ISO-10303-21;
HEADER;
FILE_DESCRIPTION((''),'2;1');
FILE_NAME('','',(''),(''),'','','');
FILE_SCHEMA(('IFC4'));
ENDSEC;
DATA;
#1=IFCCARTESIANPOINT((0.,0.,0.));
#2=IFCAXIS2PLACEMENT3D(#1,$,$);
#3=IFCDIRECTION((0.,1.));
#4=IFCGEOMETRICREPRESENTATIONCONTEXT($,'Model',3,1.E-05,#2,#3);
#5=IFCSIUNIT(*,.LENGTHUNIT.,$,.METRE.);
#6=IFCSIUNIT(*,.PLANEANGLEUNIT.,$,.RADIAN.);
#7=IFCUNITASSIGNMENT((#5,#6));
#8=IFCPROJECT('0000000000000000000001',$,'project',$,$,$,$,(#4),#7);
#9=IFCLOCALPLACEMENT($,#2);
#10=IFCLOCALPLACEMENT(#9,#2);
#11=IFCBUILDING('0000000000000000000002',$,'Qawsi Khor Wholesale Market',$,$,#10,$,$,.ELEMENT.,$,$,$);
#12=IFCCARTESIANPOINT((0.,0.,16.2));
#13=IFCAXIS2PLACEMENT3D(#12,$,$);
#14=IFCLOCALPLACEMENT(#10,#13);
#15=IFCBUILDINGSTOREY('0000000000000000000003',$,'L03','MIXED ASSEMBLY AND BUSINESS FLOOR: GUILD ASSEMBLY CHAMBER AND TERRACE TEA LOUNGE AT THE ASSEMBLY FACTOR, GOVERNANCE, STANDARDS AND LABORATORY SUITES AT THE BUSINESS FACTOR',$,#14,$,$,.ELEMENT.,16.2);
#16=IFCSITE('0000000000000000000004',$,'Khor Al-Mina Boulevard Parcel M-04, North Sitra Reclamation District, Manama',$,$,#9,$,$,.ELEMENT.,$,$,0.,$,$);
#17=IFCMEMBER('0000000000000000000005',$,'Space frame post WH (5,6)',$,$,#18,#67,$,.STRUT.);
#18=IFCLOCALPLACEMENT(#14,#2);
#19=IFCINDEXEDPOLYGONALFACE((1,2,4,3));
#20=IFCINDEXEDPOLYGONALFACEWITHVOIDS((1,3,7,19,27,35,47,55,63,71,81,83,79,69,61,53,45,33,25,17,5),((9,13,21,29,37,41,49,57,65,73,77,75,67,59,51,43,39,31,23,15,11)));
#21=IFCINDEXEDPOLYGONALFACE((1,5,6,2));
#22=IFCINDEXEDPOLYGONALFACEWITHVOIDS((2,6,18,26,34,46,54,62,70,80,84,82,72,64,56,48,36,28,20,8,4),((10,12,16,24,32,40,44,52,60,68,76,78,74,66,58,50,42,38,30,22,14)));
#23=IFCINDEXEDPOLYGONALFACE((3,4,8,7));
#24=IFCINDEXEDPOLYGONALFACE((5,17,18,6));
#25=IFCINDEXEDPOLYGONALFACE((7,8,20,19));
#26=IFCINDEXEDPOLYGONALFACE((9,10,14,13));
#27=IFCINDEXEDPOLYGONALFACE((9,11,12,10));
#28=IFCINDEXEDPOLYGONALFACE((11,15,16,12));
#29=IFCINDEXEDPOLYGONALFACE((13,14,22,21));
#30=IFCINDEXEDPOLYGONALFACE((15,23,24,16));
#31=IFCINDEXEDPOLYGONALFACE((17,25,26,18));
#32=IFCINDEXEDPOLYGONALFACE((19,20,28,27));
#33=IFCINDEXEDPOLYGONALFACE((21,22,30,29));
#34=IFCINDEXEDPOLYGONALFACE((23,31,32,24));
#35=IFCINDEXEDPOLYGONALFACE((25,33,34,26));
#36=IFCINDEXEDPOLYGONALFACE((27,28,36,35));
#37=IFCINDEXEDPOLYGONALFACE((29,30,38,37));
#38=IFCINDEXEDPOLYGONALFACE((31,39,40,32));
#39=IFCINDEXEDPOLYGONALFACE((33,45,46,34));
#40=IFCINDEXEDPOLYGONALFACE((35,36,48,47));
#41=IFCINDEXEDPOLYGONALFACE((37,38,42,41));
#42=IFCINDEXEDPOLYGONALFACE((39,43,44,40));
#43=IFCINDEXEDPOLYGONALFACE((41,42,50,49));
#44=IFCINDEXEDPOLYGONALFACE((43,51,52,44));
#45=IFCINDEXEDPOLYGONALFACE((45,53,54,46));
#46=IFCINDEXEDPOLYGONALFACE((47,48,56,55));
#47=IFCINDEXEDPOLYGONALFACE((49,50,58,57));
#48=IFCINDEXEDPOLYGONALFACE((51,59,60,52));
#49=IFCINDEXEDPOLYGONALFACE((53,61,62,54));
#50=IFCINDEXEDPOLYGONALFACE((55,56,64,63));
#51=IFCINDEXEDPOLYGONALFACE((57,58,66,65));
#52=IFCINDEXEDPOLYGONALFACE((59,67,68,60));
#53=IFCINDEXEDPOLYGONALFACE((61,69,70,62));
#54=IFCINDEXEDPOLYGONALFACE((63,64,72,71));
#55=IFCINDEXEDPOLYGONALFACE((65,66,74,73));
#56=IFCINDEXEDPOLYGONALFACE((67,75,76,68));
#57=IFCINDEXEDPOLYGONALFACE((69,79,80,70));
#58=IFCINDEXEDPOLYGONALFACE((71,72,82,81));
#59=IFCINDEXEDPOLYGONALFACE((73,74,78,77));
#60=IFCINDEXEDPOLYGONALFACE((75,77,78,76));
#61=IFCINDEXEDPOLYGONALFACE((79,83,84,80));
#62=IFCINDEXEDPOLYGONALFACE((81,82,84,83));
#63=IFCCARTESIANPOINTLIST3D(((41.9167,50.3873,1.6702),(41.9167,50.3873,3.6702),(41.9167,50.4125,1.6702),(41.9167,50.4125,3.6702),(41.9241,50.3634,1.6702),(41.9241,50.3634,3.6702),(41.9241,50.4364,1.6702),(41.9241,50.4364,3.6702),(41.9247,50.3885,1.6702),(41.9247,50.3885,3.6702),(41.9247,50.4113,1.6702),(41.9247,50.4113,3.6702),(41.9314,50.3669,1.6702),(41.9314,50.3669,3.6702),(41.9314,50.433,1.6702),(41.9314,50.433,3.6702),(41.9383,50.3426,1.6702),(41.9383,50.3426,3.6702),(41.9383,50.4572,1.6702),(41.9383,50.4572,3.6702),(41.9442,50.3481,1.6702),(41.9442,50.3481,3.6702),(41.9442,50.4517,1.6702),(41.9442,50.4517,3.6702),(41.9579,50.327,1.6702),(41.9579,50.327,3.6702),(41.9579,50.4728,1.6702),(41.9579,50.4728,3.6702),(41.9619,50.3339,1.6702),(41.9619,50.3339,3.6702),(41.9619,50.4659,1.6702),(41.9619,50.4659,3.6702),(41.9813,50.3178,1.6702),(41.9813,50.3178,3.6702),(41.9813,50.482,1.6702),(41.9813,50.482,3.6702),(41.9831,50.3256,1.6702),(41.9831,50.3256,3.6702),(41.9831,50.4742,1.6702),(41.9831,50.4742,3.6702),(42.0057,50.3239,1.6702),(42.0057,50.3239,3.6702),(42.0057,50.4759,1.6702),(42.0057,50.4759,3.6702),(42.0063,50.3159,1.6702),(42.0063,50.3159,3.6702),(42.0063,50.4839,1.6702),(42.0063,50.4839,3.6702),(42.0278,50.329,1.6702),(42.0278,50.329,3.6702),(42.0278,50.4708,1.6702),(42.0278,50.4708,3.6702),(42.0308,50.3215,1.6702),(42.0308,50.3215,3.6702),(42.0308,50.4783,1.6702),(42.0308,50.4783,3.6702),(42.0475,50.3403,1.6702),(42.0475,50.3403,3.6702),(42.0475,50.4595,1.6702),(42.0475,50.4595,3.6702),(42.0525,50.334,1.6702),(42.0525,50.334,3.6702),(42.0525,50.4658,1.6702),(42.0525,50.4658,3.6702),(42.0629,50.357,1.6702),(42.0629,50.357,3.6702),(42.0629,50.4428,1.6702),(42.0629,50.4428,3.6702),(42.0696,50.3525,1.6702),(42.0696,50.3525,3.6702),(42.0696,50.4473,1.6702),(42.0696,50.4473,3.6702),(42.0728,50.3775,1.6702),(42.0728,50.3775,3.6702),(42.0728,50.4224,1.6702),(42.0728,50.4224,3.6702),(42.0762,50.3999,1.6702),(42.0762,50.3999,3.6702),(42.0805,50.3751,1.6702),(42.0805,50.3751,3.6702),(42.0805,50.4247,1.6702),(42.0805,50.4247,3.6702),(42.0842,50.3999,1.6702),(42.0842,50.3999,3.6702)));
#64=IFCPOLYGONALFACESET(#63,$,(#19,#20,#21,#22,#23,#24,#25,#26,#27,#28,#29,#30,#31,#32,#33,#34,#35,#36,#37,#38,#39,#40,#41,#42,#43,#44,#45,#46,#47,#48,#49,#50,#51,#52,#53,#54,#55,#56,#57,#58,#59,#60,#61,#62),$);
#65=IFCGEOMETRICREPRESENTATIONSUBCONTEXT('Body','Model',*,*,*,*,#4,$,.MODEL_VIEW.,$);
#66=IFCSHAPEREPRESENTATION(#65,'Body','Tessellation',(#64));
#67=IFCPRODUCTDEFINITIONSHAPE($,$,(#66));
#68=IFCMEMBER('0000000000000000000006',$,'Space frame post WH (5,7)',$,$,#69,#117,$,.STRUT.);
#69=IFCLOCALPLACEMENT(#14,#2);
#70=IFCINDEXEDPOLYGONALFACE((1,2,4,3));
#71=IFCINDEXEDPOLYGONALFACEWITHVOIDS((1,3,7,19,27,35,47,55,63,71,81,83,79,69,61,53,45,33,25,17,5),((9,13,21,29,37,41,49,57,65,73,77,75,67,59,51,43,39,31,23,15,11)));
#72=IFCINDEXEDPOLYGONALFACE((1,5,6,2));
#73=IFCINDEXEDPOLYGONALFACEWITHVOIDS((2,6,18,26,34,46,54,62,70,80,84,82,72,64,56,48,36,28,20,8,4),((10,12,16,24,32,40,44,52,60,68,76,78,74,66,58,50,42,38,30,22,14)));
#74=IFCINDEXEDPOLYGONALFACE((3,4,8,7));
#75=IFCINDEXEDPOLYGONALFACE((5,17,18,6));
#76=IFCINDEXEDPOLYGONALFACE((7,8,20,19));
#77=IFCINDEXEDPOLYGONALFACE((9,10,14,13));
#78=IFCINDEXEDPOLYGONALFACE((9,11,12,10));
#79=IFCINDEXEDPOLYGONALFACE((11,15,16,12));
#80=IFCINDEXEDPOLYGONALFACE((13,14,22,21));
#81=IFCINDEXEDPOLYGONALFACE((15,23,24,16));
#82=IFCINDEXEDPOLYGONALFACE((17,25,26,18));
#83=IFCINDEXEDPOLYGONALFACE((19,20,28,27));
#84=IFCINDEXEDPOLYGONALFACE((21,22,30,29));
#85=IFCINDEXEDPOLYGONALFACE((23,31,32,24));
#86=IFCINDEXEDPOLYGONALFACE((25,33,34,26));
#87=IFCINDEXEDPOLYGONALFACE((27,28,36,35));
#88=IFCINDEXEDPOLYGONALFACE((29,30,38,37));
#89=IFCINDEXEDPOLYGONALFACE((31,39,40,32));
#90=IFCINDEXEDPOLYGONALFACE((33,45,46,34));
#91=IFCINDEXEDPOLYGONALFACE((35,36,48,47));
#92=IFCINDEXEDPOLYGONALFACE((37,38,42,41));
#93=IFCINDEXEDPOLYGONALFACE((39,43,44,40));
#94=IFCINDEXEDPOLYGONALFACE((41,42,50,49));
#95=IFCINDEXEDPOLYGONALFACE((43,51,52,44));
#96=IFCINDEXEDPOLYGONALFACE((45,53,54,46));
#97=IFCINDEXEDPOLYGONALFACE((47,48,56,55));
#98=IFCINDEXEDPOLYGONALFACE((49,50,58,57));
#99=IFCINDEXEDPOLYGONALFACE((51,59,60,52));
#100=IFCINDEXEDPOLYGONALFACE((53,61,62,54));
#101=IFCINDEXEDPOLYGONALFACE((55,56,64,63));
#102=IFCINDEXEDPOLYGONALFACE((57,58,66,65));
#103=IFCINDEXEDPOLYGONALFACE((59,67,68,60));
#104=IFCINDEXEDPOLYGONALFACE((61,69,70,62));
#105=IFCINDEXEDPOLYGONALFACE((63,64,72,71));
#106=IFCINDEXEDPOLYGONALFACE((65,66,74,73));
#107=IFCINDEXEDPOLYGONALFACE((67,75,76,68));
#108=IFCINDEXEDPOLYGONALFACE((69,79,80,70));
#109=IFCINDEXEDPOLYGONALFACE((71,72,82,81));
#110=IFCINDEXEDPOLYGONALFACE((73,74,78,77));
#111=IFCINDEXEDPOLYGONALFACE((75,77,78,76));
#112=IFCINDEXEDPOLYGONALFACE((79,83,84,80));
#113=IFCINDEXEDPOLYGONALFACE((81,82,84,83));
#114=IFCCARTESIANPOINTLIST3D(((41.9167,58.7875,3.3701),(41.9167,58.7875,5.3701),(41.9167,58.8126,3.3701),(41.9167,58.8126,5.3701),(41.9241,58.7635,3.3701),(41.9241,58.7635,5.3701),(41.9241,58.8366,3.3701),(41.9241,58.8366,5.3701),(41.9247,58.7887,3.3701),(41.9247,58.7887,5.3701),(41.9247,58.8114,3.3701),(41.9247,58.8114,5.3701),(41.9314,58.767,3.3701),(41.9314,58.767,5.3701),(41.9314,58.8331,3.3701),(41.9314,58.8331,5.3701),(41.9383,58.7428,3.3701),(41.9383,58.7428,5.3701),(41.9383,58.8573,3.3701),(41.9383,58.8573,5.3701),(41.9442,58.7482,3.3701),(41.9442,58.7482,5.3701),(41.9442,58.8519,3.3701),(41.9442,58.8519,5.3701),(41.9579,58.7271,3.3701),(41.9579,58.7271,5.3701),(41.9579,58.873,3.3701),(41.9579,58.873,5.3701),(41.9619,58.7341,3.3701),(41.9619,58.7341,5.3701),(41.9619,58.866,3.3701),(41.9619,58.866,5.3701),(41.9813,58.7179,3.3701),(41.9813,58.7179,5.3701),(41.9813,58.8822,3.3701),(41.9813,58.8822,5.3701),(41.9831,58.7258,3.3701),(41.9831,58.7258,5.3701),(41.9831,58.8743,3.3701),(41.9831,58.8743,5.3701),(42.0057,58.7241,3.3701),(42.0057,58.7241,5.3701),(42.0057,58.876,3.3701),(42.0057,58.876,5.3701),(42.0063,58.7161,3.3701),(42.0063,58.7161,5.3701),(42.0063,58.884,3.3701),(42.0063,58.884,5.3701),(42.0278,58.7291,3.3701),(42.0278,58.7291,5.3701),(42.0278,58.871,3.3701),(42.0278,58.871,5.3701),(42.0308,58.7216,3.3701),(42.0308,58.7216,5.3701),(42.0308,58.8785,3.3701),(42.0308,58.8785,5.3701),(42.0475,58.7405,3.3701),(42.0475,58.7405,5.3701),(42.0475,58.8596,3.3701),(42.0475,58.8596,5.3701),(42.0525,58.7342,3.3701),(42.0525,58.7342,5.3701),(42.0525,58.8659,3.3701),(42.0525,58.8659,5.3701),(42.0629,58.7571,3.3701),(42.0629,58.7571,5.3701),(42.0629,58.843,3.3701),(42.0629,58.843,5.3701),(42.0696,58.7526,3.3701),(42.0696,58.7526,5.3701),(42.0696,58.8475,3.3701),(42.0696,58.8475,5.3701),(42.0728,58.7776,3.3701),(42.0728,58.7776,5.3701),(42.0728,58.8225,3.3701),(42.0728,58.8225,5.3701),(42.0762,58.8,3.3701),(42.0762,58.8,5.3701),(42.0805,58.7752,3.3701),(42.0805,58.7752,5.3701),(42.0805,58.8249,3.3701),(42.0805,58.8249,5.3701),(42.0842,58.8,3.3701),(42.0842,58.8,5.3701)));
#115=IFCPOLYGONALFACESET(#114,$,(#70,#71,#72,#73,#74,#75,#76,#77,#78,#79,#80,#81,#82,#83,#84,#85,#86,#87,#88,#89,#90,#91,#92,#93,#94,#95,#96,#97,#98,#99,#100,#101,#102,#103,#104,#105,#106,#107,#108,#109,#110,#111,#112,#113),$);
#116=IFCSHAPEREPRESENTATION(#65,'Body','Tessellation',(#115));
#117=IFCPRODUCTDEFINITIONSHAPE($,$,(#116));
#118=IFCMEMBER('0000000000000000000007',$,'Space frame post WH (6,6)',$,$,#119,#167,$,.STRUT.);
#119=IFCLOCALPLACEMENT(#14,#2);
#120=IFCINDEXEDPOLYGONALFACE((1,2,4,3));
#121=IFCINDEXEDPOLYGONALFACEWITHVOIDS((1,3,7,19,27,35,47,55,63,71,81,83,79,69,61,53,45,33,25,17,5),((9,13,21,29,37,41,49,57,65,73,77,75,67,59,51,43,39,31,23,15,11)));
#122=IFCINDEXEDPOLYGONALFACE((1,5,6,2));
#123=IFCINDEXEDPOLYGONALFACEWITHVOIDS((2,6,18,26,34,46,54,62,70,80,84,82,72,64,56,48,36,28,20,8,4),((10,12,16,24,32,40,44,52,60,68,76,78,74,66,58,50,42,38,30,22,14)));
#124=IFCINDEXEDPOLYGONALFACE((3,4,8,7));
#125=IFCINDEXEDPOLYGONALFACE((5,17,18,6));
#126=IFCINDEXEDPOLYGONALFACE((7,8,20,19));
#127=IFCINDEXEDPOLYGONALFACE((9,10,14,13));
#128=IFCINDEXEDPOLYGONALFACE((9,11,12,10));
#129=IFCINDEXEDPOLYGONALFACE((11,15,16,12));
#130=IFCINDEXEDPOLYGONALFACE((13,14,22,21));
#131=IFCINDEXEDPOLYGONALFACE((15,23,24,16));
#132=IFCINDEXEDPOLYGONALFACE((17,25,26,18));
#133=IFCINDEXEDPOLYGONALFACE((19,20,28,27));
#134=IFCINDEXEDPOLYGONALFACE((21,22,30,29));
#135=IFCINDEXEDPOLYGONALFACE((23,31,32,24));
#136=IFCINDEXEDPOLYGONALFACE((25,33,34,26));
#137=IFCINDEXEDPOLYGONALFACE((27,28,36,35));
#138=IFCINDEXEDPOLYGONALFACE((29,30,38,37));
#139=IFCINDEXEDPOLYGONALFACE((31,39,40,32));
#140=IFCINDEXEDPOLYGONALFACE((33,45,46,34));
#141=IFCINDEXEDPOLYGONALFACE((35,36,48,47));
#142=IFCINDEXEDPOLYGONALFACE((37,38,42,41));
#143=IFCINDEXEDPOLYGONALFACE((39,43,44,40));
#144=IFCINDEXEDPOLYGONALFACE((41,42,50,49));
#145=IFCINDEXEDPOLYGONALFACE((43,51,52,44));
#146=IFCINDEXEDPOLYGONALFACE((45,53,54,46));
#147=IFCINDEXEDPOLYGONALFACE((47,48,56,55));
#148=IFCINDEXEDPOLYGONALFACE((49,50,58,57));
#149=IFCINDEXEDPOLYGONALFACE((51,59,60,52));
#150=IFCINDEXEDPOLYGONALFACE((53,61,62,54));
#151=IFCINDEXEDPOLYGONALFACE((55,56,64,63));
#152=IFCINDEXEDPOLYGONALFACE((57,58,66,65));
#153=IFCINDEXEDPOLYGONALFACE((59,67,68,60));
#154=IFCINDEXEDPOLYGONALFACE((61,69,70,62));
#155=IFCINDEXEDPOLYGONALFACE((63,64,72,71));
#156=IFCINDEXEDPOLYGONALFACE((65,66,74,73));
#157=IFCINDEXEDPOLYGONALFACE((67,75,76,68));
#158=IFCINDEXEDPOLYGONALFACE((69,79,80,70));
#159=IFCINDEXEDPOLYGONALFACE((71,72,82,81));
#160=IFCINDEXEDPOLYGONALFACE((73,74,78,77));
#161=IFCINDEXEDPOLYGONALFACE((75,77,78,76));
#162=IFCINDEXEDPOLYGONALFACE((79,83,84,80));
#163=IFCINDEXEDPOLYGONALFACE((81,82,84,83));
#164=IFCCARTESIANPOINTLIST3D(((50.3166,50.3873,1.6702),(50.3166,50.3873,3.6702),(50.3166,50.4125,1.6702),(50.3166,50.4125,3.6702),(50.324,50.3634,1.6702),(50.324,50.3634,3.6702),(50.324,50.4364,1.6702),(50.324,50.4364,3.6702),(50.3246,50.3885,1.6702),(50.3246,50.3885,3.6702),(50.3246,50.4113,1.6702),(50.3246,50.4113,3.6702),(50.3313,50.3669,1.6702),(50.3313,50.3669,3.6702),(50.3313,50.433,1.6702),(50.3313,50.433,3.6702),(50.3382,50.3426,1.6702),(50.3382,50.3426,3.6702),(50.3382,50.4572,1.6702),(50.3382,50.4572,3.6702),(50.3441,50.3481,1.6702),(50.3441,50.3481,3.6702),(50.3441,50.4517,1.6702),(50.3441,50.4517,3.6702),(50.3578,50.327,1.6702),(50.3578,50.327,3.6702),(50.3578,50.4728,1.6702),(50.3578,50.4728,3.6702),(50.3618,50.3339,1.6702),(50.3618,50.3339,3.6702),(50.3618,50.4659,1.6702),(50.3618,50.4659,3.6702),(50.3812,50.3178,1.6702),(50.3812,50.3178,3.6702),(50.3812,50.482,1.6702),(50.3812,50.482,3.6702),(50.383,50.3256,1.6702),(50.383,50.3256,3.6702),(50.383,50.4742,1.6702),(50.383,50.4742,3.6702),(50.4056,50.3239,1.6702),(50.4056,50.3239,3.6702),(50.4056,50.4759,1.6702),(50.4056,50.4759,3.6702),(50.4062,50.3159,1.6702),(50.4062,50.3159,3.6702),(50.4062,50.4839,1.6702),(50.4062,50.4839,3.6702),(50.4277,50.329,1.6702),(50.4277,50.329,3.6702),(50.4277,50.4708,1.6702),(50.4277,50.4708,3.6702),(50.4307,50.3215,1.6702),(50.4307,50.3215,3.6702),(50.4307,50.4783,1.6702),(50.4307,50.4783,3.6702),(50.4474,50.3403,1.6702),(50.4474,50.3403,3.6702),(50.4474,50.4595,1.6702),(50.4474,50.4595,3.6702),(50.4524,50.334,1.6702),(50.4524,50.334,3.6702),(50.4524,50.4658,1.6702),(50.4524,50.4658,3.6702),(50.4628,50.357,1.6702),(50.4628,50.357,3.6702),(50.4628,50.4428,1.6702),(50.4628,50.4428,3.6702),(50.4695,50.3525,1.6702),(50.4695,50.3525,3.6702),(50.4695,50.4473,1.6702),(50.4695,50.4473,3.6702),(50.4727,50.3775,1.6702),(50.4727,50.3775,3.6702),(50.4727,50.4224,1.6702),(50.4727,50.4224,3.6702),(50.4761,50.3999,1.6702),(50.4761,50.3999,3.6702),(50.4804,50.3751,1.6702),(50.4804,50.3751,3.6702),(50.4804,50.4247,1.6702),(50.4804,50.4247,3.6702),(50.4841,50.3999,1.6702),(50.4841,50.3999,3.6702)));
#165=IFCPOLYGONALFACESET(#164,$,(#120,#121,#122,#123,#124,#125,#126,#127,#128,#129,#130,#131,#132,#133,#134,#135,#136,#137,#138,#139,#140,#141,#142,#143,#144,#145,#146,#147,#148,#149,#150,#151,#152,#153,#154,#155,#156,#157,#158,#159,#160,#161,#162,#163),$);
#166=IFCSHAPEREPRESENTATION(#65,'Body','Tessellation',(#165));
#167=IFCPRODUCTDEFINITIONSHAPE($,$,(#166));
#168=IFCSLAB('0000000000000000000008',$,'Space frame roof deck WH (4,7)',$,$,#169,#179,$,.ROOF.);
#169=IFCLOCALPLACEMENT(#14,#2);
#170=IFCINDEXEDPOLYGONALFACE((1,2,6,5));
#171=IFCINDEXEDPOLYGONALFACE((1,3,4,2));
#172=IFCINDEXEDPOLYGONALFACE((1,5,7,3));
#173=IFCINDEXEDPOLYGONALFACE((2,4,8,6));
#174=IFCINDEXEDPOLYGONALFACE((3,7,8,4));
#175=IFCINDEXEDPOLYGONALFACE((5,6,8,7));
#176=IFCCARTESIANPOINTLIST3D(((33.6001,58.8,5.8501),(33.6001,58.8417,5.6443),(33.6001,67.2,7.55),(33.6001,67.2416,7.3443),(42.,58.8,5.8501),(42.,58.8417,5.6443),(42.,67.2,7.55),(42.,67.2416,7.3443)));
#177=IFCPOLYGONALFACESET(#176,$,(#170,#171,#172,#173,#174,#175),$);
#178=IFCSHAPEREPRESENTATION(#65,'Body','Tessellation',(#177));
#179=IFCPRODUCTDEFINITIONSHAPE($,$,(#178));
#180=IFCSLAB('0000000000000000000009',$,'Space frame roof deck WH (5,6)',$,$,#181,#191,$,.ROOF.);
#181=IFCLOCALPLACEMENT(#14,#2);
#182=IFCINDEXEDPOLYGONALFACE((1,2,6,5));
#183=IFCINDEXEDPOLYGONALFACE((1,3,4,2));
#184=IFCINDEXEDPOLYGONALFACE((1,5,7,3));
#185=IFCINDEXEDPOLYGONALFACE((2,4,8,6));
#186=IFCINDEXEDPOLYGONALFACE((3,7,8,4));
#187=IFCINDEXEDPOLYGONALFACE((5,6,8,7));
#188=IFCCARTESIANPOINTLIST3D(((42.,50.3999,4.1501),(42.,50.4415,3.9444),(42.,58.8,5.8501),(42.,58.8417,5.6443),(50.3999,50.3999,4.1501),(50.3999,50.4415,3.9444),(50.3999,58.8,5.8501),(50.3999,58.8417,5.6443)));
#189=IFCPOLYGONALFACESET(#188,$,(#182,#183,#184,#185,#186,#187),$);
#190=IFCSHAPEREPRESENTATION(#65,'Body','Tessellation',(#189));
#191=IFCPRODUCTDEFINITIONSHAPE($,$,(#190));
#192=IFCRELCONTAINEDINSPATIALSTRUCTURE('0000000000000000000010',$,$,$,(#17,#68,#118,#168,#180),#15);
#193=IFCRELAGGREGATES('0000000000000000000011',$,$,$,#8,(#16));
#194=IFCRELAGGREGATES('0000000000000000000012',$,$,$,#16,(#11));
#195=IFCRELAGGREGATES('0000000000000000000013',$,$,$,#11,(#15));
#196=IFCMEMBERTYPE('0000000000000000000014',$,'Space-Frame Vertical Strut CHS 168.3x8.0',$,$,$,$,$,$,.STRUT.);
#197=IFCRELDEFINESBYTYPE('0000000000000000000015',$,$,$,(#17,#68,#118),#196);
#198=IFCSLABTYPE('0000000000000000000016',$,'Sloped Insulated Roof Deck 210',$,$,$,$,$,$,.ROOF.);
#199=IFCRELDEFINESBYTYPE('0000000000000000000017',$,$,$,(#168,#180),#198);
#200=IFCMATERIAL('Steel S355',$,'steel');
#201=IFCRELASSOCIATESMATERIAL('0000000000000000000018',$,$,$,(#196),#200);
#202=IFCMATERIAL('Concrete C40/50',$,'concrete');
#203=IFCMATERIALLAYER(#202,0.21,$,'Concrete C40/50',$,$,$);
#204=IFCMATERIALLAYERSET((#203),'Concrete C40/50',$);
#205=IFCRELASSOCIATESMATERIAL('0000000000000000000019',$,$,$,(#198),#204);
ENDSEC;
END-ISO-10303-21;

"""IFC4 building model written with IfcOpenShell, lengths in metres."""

from ifc_helpers import new_model, si_unit, direction, frame, origin, origin_2d, place, context, subcontext, project, spatial, polyline, hollow_circle, outline, extrude, material, layer, layer_set, material_profile, profile_set, type_object, element, save


model = new_model("IFC4")

# Units and contexts
model_context = context("Model", 3, precision=1e-05, world=origin(), true_north=direction((0.0, 1.0)))
body_context = subcontext(model_context, "Body", "Model", "MODEL_VIEW")
ifc_project = project(units=[si_unit("LENGTHUNIT", "METRE"), si_unit("PLANEANGLEUNIT", "RADIAN")], contexts=[model_context])

# Site, building, storey
site_placement = place(None, origin())
site = spatial("IfcSite", under=ifc_project, at=site_placement, Name="Khor Al-Mina Boulevard Parcel M-04, North Sitra Reclamation District, Manama", CompositionType="ELEMENT", RefElevation=0.0)
building_placement = place(site_placement, origin())
building = spatial("IfcBuilding", under=site, at=building_placement, Name="Qawsi Khor Wholesale Market", CompositionType="ELEMENT")
storey_placement = place(building_placement, frame((0.0, 0.0, 16.2)))
storey = spatial("IfcBuildingStorey", under=building, at=storey_placement, Name="L03", Description="MIXED ASSEMBLY AND BUSINESS FLOOR: GUILD ASSEMBLY CHAMBER AND TERRACE TEA LOUNGE AT THE ASSEMBLY FACTOR, GOVERNANCE, STANDARDS AND LABORATORY SUITES AT THE BUSINESS FACTOR", CompositionType="ELEMENT", Elevation=16.2)

# Members
ifc_material_1 = material(Name="Steel S355", Category="steel")
ifc_material_profile_1 = material_profile(ifc_material_1, hollow_circle(Radius=0.0842, WallThickness=0.0081, at=origin_2d()), Name="CHS 168.3x8.0")
ifc_profile_set_1 = profile_set([ifc_material_profile_1], Name="Steel S355")
member_type_1 = type_object("IfcMemberType", Name="Space-Frame Vertical Strut CHS 168.3x8.0", PredefinedType="STRUT", material=ifc_profile_set_1)
for number, where, z_axis, x_axis, name in (
    (1, (42.0, 50.3999, 1.6702), (0.0, 0.0, 1.0), (1.0, 0.0, 0.0), "Space frame post WH (5,6)"),
    (2, (42.0, 58.8, 3.3701), (0.0, 0.0, 1.0), (1.0, 0.0, 0.0), "Space frame post WH (5,7)"),
    (3, (50.3999, 50.3999, 1.6702), (0.0, 0.0, 1.0), (1.0, 0.0, 0.0), "Space frame post WH (6,6)"),
):
    element("IfcMember", number, at=place(storey_placement, frame(where, z_axis=z_axis, x_axis=x_axis)), inside=storey, type_object=member_type_1, Name=name, PredefinedType="STRUT", context=body_context, shape_type="SweptSolid", body=[
        extrude(hollow_circle(Radius=0.0842, WallThickness=0.0081, at=origin_2d()), origin(), (0.0, 0.0, 1.0), 2.0),
    ])

# Slabs
ifc_material_2 = material(Name="Concrete C40/50", Category="concrete")
ifc_layer = layer(ifc_material_2, 0.21, Name="Concrete C40/50")
ifc_layer_set = layer_set([ifc_layer], Name="Concrete C40/50")
slab_type = type_object("IfcSlabType", Name="Sloped Insulated Roof Deck 210", PredefinedType="ROOF", material=ifc_layer_set)
slab_1_placement = place(storey_placement, frame((33.6001, 58.8, 5.8501), z_axis=(0.0, -0.198356, 0.98013), x_axis=(1.0, 0.0, 0.0)))
element("IfcSlab", 4, at=slab_1_placement, inside=storey, type_object=slab_type, Name="Space frame roof deck WH (4,7)", PredefinedType="ROOF", context=body_context, shape_type="SweptSolid", body=[
    extrude(outline(polyline([(0.0, 0.0), (8.3999, 0.0), (8.3999, 8.5702), (0.0, 8.5702), (0.0, 0.0)])), origin(), (0.0, 0.0, -1.0), 0.21),
])
slab_2_placement = place(storey_placement, frame((42.0, 50.3999, 4.1501), z_axis=(0.0, -0.198351, 0.980131), x_axis=(1.0, 0.0, 0.0)))
element("IfcSlab", 5, at=slab_2_placement, inside=storey, type_object=slab_type, Name="Space frame roof deck WH (5,6)", PredefinedType="ROOF", context=body_context, shape_type="SweptSolid", body=[
    extrude(outline(polyline([(0.0, 0.0), (8.3999, 0.0), (8.3999, 8.5704), (0.0, 8.5704), (0.0, 0.0)])), origin(), (0.0, 0.0, -1.0), 0.21),
])

save(model, "model.ifc")
